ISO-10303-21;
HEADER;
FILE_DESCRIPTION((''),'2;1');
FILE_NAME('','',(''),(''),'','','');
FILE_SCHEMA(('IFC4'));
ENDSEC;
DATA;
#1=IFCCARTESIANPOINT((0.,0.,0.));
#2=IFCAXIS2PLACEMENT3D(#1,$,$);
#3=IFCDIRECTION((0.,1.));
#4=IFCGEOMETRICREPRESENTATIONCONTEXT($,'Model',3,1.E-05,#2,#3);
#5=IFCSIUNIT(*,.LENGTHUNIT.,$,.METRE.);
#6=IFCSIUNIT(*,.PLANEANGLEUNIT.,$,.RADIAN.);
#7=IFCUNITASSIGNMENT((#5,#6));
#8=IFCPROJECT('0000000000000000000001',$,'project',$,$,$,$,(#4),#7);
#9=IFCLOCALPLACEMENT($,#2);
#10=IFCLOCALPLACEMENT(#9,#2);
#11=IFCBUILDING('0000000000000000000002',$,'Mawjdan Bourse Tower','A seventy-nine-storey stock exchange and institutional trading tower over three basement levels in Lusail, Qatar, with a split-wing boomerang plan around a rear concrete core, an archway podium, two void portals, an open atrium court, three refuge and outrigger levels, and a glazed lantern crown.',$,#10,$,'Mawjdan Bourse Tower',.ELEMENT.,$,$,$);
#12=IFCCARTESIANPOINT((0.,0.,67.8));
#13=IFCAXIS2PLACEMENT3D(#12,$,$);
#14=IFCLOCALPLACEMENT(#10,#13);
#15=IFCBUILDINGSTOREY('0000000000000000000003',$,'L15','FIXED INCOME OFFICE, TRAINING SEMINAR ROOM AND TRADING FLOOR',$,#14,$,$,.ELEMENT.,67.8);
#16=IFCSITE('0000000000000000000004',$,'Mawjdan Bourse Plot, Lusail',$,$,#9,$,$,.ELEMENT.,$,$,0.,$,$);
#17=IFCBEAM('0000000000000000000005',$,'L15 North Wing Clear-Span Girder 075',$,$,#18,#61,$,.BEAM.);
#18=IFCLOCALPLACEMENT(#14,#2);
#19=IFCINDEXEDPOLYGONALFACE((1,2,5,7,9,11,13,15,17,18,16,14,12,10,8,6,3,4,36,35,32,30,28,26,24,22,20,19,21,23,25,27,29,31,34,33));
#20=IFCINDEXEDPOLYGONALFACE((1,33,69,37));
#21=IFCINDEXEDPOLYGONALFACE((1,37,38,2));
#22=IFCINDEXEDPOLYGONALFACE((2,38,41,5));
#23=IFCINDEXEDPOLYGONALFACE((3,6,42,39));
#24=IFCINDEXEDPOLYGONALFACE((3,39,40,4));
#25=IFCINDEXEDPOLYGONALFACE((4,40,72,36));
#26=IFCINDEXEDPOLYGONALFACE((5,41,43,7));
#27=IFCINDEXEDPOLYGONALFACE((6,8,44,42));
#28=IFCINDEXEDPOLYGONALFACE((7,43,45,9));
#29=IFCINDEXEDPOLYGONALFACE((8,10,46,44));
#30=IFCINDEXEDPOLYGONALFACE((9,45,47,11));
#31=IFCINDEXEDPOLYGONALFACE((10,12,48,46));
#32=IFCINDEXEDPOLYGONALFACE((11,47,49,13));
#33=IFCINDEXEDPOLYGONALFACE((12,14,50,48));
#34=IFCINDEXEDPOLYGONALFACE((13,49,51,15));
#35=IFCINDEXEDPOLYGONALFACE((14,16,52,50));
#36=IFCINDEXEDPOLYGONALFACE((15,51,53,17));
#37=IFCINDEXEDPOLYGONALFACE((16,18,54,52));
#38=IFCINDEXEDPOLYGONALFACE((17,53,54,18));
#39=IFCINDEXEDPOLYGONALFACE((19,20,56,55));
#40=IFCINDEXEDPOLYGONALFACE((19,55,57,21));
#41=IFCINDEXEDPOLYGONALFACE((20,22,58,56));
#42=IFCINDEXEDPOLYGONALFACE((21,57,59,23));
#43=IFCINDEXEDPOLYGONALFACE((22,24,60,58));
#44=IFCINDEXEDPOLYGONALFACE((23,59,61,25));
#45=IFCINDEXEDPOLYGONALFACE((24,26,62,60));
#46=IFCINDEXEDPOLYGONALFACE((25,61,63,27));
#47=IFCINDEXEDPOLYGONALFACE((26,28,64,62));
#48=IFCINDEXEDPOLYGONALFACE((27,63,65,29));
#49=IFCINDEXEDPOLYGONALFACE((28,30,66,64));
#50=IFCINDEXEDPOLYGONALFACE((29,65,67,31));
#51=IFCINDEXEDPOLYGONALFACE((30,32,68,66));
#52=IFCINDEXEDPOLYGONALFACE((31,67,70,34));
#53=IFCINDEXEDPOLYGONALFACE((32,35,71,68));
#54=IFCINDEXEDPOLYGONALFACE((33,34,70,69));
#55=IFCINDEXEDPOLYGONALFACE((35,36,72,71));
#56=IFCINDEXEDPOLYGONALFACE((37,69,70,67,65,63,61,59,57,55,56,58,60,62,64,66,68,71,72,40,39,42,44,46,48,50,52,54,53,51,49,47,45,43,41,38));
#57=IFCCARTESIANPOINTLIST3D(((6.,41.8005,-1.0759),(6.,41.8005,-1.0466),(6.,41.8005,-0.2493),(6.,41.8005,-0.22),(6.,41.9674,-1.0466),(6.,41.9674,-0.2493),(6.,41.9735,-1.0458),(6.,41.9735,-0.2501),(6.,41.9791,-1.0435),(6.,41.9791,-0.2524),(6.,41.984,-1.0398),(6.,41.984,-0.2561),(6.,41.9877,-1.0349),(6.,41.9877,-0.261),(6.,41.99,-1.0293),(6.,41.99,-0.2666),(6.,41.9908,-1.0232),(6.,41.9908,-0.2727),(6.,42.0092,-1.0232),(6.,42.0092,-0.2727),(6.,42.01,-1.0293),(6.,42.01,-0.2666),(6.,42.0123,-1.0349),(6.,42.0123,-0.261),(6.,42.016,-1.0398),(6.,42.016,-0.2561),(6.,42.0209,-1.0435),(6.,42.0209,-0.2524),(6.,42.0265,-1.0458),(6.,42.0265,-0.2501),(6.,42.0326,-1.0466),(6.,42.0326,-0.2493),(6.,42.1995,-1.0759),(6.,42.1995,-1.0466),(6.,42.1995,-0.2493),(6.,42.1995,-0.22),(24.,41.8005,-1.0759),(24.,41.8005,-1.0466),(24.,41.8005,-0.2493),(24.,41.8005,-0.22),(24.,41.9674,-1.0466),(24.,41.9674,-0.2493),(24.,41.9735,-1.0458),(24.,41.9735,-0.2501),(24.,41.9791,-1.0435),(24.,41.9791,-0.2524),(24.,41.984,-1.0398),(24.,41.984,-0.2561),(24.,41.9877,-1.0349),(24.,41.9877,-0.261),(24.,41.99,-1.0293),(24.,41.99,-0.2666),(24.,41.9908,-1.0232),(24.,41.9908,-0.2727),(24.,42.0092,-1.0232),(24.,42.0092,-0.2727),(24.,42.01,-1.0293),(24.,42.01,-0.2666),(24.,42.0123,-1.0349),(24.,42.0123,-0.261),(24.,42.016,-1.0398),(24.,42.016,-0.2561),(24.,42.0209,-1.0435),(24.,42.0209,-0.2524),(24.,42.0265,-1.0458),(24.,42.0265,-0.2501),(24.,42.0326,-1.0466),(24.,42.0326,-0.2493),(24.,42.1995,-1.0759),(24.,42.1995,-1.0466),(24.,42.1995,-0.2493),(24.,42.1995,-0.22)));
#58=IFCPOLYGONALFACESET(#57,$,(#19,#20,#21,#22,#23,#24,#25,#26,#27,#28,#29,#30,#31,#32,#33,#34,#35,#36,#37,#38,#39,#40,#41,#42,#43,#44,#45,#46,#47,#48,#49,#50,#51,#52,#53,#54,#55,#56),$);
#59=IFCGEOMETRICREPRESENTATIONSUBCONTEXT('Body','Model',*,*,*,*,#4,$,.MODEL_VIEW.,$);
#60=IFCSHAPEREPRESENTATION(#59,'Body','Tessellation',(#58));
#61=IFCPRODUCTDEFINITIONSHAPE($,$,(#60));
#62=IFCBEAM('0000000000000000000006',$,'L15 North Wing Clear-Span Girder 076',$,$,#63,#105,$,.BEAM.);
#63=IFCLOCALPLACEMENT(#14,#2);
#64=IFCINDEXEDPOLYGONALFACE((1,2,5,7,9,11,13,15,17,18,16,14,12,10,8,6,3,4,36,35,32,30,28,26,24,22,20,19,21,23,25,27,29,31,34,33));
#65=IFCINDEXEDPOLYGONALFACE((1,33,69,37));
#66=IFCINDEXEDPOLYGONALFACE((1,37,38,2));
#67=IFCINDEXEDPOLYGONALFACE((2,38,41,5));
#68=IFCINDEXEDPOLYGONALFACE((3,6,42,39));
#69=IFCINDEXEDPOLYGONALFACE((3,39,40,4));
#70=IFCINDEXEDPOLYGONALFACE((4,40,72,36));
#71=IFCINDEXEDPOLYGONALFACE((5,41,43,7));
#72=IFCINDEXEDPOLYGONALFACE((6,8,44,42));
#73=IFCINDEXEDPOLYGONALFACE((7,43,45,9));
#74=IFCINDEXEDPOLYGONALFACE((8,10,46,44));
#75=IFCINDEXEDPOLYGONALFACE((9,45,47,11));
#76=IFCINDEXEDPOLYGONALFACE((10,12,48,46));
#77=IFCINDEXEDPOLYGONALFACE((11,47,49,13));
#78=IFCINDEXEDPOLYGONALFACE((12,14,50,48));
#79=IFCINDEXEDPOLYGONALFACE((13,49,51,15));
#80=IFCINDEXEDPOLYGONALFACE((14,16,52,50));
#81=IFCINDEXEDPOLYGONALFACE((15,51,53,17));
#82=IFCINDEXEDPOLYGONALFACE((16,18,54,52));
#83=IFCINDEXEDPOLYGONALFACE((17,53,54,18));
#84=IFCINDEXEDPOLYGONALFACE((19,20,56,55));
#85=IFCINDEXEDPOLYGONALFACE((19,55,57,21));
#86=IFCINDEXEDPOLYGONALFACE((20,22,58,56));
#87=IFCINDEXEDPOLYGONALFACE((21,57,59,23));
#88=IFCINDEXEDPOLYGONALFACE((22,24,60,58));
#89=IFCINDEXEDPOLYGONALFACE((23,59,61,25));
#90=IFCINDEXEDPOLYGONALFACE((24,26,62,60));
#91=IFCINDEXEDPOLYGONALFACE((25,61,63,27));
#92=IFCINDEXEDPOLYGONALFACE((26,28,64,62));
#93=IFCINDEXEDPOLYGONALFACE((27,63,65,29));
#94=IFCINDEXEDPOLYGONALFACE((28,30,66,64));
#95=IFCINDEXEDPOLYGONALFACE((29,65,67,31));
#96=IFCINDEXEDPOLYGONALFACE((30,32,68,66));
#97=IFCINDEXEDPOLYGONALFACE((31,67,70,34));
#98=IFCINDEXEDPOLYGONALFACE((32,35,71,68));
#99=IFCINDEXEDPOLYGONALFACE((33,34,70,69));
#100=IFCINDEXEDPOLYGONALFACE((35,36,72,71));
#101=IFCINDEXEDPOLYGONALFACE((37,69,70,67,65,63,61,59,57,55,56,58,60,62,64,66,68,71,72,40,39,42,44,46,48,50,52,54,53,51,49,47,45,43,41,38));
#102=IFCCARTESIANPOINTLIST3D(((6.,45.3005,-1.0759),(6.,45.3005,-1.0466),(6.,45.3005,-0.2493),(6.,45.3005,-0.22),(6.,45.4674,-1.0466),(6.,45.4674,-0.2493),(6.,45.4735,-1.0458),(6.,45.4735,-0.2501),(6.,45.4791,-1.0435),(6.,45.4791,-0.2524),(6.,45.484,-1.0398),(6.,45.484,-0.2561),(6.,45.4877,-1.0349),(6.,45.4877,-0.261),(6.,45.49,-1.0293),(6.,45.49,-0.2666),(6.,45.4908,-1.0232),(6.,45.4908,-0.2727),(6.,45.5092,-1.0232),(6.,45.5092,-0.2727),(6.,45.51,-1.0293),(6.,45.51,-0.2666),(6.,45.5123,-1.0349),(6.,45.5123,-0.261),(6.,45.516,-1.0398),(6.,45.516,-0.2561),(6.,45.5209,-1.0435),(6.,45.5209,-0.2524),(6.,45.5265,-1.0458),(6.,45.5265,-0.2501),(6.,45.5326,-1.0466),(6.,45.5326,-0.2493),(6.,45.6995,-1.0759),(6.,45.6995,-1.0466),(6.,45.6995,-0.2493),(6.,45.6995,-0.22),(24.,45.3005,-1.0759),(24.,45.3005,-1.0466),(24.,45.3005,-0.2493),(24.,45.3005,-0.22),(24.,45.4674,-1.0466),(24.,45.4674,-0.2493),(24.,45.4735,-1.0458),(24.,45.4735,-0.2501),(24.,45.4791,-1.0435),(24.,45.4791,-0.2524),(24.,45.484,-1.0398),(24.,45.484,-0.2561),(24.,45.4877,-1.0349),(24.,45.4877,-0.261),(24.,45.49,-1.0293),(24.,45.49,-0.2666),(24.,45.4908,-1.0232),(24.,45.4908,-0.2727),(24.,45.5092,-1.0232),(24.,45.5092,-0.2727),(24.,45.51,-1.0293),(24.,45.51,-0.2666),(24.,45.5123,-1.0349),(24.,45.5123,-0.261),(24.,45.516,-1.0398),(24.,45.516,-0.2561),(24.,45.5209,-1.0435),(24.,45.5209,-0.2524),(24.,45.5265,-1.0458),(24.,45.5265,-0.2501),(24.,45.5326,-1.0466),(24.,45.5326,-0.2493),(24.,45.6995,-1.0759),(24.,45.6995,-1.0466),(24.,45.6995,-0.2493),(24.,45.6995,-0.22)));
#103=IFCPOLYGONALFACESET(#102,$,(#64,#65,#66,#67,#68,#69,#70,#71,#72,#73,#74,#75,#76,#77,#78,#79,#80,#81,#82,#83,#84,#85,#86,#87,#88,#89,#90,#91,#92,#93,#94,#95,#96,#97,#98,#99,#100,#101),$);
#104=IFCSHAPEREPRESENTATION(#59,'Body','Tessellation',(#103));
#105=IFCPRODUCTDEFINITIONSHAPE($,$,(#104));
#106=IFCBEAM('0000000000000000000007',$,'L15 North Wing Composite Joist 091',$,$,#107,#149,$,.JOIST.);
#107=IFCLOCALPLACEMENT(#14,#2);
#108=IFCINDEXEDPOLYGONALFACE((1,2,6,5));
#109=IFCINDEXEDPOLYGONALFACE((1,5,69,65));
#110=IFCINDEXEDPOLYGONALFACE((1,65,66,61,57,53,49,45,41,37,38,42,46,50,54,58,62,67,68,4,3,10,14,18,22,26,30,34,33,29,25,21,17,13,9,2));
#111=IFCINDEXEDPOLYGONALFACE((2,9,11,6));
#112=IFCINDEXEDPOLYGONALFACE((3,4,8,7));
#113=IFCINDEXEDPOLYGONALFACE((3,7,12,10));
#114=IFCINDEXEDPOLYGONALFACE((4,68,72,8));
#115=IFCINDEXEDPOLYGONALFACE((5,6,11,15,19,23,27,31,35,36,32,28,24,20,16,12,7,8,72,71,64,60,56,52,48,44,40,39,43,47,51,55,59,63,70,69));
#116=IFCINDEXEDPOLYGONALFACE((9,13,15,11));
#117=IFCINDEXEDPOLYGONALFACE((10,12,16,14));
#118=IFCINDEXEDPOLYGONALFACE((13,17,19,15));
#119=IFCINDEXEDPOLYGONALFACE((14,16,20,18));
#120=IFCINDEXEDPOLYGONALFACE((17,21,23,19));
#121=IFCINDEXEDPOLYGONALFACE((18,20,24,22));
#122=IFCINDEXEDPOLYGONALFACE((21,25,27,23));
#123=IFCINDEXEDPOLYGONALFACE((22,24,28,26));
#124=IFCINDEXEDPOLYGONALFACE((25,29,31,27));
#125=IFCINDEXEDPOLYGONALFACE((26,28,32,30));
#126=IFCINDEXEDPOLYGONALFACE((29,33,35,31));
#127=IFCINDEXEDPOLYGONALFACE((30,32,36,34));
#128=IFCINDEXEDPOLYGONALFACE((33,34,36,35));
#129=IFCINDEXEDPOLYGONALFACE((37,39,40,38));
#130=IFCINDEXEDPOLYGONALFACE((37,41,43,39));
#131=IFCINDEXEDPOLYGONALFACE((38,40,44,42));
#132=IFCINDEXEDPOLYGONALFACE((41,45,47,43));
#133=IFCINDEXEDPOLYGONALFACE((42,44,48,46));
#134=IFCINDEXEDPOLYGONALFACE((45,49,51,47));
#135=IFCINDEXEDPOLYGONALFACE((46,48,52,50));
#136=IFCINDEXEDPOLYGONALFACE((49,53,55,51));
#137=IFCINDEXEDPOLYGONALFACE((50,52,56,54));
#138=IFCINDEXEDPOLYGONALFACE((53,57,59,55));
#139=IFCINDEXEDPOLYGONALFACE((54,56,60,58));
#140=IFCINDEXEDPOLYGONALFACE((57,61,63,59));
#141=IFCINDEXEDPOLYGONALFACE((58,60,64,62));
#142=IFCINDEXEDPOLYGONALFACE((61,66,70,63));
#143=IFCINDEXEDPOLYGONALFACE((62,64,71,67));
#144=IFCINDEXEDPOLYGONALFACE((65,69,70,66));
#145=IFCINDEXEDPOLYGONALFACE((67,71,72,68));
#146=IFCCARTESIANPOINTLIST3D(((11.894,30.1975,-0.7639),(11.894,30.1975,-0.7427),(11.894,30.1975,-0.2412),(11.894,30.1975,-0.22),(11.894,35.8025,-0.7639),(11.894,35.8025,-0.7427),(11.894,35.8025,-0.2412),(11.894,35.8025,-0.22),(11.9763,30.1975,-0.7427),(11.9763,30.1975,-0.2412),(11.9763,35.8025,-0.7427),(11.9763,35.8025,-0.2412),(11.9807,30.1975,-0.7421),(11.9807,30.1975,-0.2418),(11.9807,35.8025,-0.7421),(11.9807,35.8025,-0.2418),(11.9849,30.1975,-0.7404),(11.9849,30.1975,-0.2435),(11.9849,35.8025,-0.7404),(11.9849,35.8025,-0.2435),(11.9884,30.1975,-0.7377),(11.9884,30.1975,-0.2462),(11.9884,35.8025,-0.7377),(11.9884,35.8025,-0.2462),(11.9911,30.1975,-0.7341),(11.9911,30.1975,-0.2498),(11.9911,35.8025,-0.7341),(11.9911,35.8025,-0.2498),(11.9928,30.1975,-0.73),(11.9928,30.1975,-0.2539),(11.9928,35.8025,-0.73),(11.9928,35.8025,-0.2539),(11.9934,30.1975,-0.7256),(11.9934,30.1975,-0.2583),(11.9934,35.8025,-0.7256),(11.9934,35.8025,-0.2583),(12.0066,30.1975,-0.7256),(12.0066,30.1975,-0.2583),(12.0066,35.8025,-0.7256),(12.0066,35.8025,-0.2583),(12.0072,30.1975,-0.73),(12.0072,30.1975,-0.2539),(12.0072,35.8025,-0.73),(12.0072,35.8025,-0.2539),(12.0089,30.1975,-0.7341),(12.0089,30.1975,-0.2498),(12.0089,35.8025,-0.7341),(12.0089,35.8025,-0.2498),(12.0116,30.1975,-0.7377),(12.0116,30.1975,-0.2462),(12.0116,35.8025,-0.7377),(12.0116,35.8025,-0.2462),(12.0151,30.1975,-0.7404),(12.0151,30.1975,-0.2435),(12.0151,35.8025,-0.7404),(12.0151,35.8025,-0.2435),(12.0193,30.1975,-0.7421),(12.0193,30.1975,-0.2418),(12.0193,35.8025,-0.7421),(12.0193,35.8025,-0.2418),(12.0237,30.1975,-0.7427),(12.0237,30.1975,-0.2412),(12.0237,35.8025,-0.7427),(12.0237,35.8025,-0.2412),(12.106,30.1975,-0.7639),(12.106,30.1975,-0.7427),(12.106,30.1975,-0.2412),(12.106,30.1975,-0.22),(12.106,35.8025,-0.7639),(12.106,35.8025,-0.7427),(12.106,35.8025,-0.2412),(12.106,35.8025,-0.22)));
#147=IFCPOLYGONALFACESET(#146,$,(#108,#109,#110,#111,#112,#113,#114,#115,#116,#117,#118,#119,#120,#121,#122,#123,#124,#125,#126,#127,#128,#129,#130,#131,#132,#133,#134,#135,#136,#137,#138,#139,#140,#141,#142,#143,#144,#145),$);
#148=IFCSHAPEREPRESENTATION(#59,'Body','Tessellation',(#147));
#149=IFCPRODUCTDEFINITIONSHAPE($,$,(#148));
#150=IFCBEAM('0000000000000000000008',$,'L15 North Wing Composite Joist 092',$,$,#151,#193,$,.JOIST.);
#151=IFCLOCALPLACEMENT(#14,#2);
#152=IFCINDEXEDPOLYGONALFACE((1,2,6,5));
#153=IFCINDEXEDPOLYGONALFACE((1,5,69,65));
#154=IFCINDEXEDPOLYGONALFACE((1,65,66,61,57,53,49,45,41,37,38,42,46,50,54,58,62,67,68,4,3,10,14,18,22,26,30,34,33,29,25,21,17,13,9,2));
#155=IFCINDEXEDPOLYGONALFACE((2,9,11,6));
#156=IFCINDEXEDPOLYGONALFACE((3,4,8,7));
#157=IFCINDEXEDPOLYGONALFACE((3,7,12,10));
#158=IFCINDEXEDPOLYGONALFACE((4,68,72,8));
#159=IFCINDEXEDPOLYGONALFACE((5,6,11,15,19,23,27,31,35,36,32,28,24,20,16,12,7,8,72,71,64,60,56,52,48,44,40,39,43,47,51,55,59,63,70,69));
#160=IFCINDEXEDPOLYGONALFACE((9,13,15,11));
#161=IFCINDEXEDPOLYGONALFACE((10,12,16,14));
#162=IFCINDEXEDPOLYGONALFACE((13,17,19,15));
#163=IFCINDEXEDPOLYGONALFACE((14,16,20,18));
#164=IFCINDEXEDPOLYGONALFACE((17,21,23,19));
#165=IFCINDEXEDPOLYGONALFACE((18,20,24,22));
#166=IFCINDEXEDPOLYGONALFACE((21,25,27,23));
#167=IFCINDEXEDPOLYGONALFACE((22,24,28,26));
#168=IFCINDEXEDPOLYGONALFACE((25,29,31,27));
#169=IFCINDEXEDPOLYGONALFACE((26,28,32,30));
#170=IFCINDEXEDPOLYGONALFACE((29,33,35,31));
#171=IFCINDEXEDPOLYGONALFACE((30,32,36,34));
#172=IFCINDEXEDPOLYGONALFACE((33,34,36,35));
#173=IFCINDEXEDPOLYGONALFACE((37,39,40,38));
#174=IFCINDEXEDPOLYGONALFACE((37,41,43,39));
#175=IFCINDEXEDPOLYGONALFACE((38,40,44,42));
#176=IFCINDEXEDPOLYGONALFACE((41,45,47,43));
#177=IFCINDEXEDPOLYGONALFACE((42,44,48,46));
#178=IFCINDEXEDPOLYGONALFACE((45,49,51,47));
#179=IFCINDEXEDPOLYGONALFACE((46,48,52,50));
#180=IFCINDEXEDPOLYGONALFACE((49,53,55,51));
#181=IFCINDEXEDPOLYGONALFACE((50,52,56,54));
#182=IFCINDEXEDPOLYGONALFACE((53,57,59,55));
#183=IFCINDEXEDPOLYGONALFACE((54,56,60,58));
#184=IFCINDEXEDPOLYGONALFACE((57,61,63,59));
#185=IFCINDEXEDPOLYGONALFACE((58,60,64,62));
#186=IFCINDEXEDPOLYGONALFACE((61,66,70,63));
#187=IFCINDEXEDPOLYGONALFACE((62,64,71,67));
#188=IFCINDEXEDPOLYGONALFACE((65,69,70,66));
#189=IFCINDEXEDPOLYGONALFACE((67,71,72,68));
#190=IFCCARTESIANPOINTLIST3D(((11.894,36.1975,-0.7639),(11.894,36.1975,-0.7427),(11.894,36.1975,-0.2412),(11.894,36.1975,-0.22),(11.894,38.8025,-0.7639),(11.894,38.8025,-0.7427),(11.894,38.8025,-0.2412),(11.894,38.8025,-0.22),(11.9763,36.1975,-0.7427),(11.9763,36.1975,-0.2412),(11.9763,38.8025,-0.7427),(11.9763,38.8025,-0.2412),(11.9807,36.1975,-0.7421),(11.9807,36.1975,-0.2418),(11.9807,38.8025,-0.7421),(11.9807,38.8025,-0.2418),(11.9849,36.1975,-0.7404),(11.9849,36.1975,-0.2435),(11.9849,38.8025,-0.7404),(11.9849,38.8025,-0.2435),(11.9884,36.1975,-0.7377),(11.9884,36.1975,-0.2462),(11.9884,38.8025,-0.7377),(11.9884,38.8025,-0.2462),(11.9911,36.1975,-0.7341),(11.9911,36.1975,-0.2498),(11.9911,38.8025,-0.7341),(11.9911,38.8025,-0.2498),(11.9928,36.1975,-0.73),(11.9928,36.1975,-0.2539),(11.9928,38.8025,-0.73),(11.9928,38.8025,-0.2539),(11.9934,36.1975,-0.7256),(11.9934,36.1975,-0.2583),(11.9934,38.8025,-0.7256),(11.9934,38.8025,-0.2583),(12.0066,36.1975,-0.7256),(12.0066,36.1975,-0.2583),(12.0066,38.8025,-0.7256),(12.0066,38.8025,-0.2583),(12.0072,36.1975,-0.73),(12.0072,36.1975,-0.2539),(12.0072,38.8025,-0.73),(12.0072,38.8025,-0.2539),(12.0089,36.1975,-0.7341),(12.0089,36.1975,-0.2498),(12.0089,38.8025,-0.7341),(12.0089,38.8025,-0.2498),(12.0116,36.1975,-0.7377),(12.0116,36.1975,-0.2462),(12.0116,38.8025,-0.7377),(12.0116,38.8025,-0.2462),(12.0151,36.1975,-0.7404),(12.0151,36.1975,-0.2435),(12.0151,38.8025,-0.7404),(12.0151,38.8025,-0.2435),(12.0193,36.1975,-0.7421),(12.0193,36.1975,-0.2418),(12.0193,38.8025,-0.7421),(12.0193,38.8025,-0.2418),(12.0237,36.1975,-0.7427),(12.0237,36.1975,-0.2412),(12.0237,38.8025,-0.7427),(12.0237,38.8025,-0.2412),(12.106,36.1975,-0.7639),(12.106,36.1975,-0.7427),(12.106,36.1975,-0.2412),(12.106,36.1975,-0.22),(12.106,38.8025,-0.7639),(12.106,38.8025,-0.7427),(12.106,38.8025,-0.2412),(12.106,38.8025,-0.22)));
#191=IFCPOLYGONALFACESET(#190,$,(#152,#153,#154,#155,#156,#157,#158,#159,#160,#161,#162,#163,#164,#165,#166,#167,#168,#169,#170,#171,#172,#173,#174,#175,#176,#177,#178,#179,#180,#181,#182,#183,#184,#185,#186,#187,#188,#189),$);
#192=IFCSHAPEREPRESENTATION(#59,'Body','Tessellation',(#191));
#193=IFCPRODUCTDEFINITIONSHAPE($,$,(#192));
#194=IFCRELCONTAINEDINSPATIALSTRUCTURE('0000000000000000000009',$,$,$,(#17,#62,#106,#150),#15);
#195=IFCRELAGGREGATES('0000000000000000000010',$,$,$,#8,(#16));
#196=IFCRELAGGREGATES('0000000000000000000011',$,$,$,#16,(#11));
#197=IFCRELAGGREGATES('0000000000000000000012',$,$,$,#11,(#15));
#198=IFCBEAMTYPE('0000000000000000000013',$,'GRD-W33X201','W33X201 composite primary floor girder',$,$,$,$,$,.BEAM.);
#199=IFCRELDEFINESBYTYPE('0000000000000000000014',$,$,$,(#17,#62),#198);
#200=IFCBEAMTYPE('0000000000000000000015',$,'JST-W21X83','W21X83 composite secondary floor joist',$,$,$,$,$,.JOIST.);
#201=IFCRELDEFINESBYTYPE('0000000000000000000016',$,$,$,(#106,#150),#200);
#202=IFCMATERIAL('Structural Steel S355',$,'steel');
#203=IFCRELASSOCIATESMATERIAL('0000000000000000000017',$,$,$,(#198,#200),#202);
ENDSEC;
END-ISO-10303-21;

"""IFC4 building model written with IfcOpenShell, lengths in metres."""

from ifc_helpers import new_model, si_unit, direction, frame, origin, origin_2d, place, context, subcontext, project, spatial, i_section, extrude, material, material_profile, profile_set, type_object, element, save


model = new_model("IFC4")

# Units and contexts
model_context = context("Model", 3, precision=1e-05, world=origin(), true_north=direction((0.0, 1.0)))
body_context = subcontext(model_context, "Body", "Model", "MODEL_VIEW")
ifc_project = project(units=[si_unit("LENGTHUNIT", "METRE"), si_unit("PLANEANGLEUNIT", "RADIAN")], contexts=[model_context])

# Site, building, storey
site_placement = place(None, origin())
site = spatial("IfcSite", under=ifc_project, at=site_placement, Name="Mawjdan Bourse Plot, Lusail", CompositionType="ELEMENT", RefElevation=0.0)
building_placement = place(site_placement, origin())
building = spatial("IfcBuilding", under=site, at=building_placement, Name="Mawjdan Bourse Tower", Description="A seventy-nine-storey stock exchange and institutional trading tower over three basement levels in Lusail, Qatar, with a split-wing boomerang plan around a rear concrete core, an archway podium, two void portals, an open atrium court, three refuge and outrigger levels, and a glazed lantern crown.", LongName="Mawjdan Bourse Tower", CompositionType="ELEMENT")
storey_placement = place(building_placement, frame((0.0, 0.0, 67.8)))
storey = spatial("IfcBuildingStorey", under=building, at=storey_placement, Name="L15", Description="FIXED INCOME OFFICE, TRAINING SEMINAR ROOM AND TRADING FLOOR", CompositionType="ELEMENT", Elevation=67.8)

# Beams
ifc_material_1 = material(Name="Structural Steel S355", Category="steel")
ifc_material_profile_1 = material_profile(ifc_material_1, i_section(OverallWidth=0.3989, OverallDepth=0.856, WebThickness=0.0183, FlangeThickness=0.0293, FilletRadius=0.0234, at=origin_2d()), Name="W33X201")
ifc_profile_set_1 = profile_set([ifc_material_profile_1], Name="Structural Steel S355")
beam_type_1 = type_object("IfcBeamType", Name="GRD-W33X201", Description="W33X201 composite primary floor girder", PredefinedType="BEAM", material=ifc_profile_set_1)
for number, where, z_axis, x_axis, name in (
    (1, (6.0, 42.0, -0.6479), (1.0, 0.0, 0.0), (0.0, 1.0, 0.0), "L15 North Wing Clear-Span Girder 075"),
    (2, (6.0, 45.5, -0.6479), (1.0, 0.0, 0.0), (0.0, 1.0, 0.0), "L15 North Wing Clear-Span Girder 076"),
):
    element("IfcBeam", number, at=place(storey_placement, frame(where, z_axis=z_axis, x_axis=x_axis)), inside=storey, type_object=beam_type_1, Name=name, PredefinedType="BEAM", context=body_context, shape_type="SweptSolid", body=[
        extrude(i_section(OverallWidth=0.3989, OverallDepth=0.856, WebThickness=0.0183, FlangeThickness=0.0293, FilletRadius=0.0234, at=origin_2d()), origin(), (0.0, 0.0, 1.0), 18.0),
    ])
ifc_material_profile_2 = material_profile(ifc_material_1, i_section(OverallWidth=0.2119, OverallDepth=0.5439, WebThickness=0.0132, FlangeThickness=0.0212, FilletRadius=0.0171, at=origin_2d()), Name="W21X83")
ifc_profile_set_2 = profile_set([ifc_material_profile_2], Name="Structural Steel S355")
beam_type_2 = type_object("IfcBeamType", Name="JST-W21X83", Description="W21X83 composite secondary floor joist", PredefinedType="JOIST", material=ifc_profile_set_2)
beam_1_placement = place(storey_placement, frame((12.0, 30.1975, -0.4919), z_axis=(0.0, 1.0, 0.0), x_axis=(-1.0, 0.0, 0.0)))
element("IfcBeam", 3, at=beam_1_placement, inside=storey, type_object=beam_type_2, Name="L15 North Wing Composite Joist 091", PredefinedType="JOIST", context=body_context, shape_type="SweptSolid", body=[
    extrude(i_section(OverallWidth=0.2119, OverallDepth=0.5439, WebThickness=0.0132, FlangeThickness=0.0212, FilletRadius=0.0171, at=origin_2d()), origin(), (0.0, 0.0, 1.0), 5.605),
])
for number, where, z_axis, x_axis, name in (
    (4, (12.0, 36.1975, -0.4919), (0.0, 1.0, 0.0), (-1.0, 0.0, 0.0), "L15 North Wing Composite Joist 092"),
):
    element("IfcBeam", number, at=place(storey_placement, frame(where, z_axis=z_axis, x_axis=x_axis)), inside=storey, type_object=beam_type_2, Name=name, PredefinedType="JOIST", context=body_context, shape_type="SweptSolid", body=[
        extrude(i_section(OverallWidth=0.2119, OverallDepth=0.5439, WebThickness=0.0132, FlangeThickness=0.0212, FilletRadius=0.0171, at=origin_2d()), origin(), (0.0, 0.0, 1.0), 2.605),
    ])

save(model, "model.ifc")
